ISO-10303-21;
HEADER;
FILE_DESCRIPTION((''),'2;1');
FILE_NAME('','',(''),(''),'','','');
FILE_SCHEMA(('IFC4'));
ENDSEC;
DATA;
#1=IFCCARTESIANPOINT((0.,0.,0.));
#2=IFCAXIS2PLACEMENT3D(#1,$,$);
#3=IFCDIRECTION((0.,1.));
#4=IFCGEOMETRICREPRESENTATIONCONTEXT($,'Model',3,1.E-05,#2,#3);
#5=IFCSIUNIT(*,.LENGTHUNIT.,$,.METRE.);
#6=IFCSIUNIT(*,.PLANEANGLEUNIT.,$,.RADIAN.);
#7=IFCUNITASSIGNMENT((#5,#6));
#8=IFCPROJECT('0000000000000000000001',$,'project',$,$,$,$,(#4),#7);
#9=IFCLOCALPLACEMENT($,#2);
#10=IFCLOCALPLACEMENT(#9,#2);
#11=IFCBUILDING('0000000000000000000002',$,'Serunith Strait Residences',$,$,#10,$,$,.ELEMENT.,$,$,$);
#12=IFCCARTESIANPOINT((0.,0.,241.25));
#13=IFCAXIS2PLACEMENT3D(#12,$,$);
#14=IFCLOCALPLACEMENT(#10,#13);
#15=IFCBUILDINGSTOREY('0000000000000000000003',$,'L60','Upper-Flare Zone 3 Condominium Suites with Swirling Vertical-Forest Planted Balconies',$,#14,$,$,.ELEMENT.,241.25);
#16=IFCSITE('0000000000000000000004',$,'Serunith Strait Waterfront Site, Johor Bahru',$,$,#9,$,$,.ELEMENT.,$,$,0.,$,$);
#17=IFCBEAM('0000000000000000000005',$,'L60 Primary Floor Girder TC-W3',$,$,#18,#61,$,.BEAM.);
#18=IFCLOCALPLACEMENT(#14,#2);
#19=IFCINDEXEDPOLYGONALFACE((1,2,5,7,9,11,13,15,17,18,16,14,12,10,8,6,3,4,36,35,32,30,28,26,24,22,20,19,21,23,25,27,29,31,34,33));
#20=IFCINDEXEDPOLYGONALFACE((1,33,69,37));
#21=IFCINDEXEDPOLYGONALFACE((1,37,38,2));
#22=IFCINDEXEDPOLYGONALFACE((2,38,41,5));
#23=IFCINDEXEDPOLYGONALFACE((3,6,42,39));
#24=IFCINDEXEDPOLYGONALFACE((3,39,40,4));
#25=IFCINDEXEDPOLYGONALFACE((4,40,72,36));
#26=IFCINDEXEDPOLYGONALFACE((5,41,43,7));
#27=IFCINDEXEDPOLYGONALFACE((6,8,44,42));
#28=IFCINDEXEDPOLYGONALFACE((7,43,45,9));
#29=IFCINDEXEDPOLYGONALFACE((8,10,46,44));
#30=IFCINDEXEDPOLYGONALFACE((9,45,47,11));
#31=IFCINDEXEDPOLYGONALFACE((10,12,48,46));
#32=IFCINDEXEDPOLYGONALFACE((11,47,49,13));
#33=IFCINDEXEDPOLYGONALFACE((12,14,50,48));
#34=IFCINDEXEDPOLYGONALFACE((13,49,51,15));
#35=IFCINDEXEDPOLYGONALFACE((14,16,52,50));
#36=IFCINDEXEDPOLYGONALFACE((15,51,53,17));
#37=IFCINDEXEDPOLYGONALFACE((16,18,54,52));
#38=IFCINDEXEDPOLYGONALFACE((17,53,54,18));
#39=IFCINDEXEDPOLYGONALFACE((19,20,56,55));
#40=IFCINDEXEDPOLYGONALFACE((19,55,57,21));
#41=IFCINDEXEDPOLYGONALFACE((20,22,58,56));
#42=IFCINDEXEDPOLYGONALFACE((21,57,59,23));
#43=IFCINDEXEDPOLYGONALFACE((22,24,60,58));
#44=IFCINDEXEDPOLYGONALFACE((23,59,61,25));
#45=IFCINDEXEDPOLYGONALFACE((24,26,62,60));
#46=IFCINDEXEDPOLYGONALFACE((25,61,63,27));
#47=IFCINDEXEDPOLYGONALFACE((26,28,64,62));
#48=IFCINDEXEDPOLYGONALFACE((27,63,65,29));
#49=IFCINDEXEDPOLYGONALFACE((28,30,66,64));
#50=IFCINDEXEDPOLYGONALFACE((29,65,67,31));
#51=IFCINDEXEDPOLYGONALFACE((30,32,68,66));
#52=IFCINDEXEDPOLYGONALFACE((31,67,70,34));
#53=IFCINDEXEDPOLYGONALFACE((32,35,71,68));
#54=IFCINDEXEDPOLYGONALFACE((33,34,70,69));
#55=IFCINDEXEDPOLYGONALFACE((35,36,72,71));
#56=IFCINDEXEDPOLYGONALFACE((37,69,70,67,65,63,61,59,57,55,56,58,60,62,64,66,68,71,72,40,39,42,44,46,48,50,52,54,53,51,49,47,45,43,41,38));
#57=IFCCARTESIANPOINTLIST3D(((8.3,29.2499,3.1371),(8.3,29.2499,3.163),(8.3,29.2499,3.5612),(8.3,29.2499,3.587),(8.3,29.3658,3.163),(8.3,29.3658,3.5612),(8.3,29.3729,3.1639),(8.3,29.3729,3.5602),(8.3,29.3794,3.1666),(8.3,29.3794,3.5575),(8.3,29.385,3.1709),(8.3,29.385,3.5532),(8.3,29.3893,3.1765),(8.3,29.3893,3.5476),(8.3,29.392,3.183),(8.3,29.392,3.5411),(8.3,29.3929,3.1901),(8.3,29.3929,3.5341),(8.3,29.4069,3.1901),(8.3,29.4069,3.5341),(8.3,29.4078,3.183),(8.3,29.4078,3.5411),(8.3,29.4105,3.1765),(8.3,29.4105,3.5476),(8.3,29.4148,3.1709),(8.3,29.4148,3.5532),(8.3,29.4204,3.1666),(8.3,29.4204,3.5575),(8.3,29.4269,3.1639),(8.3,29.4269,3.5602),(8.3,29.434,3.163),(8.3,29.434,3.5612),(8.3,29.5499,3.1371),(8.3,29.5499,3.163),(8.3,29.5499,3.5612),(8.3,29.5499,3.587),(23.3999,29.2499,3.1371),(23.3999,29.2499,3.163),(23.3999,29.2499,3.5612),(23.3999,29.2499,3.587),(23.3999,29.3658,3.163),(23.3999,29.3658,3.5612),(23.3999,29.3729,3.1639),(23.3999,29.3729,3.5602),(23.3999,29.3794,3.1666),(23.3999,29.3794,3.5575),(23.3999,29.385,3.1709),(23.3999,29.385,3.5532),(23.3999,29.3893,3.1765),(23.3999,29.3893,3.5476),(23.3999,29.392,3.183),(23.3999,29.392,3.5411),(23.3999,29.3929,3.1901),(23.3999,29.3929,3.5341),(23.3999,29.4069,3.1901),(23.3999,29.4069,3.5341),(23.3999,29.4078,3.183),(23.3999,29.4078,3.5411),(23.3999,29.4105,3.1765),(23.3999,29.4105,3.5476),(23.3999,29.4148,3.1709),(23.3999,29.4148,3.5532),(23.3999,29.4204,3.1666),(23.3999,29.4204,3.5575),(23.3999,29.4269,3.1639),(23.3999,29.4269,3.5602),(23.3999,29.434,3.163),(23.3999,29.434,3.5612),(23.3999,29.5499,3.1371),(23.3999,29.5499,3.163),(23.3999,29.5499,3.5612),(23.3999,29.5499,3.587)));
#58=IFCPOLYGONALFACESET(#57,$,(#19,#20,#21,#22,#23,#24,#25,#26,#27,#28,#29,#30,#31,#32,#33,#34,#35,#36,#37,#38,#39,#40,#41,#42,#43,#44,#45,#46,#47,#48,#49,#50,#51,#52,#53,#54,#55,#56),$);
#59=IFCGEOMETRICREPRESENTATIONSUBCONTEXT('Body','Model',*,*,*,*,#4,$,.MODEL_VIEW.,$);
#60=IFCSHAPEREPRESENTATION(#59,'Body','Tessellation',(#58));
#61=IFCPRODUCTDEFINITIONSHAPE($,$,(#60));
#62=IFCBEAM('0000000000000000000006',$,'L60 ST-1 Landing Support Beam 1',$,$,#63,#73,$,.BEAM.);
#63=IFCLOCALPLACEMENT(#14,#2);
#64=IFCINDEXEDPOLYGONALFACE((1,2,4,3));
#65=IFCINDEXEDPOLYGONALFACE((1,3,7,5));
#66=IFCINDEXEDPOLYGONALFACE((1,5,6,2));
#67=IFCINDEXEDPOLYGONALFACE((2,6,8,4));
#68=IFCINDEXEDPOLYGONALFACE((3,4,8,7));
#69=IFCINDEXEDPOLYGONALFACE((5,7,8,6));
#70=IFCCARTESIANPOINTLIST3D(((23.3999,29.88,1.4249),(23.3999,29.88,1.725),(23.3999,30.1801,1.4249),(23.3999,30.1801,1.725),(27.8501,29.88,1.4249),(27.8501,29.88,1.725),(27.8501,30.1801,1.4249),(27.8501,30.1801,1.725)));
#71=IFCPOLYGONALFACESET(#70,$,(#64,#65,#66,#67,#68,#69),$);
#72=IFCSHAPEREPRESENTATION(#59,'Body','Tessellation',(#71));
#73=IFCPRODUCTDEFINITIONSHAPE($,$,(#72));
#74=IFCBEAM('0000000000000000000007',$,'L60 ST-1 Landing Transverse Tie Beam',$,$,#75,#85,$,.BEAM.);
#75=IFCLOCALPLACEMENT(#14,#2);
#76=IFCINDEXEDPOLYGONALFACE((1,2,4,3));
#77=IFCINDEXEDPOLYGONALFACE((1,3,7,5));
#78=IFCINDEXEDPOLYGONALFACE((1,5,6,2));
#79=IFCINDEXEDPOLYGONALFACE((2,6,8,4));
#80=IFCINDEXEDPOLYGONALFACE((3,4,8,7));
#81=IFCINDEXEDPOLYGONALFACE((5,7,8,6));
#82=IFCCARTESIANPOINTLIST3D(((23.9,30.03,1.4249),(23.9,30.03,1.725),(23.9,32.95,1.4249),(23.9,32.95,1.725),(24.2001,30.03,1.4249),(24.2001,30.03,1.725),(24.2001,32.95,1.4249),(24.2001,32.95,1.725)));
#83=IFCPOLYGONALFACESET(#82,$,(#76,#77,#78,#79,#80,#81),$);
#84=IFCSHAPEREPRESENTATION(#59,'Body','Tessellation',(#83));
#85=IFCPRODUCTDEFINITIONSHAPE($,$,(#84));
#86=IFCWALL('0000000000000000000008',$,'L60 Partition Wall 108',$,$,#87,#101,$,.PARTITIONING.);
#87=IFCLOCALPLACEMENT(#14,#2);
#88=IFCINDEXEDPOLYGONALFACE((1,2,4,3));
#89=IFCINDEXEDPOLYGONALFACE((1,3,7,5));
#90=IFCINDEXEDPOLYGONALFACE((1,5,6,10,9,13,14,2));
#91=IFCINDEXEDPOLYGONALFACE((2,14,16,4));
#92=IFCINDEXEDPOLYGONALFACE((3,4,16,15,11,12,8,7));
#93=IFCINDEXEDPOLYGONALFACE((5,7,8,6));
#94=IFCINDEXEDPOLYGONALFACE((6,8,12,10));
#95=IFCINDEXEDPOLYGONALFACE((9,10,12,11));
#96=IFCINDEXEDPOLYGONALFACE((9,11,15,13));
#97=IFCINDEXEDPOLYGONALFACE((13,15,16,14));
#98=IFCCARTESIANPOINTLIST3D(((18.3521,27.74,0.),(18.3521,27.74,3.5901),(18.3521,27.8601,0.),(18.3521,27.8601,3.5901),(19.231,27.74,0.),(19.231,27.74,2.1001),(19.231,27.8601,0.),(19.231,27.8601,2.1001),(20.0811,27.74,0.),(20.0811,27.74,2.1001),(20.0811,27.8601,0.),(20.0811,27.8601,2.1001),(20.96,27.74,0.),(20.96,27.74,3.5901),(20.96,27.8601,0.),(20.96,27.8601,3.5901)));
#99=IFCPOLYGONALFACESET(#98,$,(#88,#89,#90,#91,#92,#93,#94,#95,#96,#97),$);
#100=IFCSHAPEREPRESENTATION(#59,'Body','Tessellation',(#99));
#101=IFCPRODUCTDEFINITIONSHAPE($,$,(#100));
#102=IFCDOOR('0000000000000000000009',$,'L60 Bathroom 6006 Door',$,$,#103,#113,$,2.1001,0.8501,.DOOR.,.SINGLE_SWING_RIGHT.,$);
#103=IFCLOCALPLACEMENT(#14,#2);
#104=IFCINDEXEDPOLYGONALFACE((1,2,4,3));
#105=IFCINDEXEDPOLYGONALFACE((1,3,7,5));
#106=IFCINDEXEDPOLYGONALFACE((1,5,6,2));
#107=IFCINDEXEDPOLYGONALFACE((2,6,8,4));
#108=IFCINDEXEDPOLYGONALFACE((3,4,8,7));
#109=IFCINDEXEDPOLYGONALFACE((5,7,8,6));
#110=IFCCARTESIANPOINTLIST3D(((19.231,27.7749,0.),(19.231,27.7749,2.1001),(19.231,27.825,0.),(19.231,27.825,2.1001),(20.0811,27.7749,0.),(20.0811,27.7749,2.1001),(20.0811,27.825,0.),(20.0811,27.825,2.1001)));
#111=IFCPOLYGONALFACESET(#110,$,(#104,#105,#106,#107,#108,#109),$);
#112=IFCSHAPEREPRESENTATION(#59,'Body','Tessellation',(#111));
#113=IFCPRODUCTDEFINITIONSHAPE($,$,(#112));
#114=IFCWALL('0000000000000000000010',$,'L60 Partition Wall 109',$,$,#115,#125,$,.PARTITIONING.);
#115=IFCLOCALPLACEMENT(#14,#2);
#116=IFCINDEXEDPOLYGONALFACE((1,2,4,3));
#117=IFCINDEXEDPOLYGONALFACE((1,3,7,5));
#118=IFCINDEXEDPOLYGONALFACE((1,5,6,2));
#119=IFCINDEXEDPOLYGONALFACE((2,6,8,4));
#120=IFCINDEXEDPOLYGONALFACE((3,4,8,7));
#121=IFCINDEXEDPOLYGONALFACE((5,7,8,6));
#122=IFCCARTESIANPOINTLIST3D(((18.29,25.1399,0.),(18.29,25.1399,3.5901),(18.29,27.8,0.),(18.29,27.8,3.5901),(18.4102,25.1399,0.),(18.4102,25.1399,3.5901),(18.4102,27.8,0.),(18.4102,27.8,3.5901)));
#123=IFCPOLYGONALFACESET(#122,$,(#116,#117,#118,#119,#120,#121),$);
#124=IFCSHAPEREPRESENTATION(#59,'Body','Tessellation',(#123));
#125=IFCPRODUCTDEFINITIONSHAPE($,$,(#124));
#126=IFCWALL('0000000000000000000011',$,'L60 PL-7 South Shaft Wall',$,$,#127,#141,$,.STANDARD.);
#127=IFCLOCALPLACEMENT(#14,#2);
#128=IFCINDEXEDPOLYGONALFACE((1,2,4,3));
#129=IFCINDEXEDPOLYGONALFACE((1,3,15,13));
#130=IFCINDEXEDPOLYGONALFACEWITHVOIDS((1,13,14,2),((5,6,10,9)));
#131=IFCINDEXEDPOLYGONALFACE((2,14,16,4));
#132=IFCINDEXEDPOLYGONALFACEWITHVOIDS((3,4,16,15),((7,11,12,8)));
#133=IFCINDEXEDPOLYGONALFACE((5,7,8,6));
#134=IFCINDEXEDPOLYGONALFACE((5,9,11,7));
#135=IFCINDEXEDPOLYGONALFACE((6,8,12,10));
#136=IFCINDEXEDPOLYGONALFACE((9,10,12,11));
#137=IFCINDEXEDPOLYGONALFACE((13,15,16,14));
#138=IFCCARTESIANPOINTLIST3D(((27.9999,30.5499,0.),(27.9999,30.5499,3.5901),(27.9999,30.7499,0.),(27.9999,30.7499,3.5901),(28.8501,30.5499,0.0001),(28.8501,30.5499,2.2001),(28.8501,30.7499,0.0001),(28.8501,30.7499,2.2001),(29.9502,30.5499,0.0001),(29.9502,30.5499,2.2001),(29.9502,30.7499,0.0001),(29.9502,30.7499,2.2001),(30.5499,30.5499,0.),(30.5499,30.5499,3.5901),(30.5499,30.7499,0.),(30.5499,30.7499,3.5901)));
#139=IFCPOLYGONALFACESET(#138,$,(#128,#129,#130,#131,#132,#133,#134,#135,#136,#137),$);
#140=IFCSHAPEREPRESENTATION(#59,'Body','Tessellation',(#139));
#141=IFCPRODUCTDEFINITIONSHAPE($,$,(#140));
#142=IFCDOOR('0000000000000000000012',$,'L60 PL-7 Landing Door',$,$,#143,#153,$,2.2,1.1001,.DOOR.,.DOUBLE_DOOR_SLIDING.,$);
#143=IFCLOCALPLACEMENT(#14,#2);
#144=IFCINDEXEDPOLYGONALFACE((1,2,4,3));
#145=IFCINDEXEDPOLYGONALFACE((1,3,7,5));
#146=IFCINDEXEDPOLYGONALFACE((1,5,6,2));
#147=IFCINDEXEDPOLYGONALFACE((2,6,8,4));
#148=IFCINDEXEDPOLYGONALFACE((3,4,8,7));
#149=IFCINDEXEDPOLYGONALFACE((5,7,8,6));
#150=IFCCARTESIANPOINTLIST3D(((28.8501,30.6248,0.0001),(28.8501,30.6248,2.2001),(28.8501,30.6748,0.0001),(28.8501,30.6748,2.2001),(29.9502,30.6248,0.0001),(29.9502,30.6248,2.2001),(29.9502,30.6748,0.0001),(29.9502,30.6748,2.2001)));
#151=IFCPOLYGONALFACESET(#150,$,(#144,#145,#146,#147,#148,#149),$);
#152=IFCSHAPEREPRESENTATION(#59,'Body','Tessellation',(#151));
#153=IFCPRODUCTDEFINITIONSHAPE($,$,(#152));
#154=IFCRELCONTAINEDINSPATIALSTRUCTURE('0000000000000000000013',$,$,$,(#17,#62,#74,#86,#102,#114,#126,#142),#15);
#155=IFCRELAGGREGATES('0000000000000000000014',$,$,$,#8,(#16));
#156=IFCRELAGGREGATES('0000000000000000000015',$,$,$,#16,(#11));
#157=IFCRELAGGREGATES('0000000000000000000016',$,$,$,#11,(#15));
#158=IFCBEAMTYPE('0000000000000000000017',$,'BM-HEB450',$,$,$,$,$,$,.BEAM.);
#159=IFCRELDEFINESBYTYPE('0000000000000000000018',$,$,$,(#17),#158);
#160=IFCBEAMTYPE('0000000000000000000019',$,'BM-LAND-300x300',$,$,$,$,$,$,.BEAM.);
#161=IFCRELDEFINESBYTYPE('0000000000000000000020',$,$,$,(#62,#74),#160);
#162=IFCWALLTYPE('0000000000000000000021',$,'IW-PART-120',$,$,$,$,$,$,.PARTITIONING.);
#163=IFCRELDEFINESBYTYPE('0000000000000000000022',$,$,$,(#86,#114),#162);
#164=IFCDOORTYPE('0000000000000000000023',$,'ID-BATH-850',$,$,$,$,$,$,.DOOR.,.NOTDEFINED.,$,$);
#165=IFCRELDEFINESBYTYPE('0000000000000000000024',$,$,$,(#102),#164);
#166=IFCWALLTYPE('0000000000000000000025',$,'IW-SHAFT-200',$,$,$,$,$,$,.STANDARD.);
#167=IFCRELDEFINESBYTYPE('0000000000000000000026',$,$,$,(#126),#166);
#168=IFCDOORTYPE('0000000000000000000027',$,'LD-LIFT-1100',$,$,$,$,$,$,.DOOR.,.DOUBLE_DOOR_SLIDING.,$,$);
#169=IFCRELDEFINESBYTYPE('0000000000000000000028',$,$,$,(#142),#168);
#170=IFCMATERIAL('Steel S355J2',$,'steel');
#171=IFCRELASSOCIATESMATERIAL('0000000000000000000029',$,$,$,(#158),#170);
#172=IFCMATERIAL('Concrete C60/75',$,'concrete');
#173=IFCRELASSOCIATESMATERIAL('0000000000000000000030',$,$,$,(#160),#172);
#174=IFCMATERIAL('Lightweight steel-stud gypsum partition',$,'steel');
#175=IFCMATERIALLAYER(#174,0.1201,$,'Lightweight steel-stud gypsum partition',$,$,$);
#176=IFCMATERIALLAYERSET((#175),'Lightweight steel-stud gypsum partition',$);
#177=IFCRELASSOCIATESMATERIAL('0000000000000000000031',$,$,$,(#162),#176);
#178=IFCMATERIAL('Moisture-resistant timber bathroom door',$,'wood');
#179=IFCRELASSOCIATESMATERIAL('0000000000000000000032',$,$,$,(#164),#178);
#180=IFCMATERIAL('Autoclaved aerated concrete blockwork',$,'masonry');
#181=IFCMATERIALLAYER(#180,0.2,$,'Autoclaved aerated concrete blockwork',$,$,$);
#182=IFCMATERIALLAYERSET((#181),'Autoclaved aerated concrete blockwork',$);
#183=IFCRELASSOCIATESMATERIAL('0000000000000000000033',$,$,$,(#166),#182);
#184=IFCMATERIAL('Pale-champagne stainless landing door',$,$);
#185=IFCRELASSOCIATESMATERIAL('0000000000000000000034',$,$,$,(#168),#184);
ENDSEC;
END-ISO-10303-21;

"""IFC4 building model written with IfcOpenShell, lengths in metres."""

from ifc_helpers import new_model, si_unit, direction, frame, frame_2d, origin, origin_2d, place, context, subcontext, project, spatial, rectangle, i_section, extrude, source, transform, mapped, material, layer, layer_set, material_profile, profile_set, type_object, element, fill, save


model = new_model("IFC4")

# Units and contexts
model_context = context("Model", 3, precision=1e-05, world=origin(), true_north=direction((0.0, 1.0)))
body_context = subcontext(model_context, "Body", "Model", "MODEL_VIEW")
ifc_project = project(units=[si_unit("LENGTHUNIT", "METRE"), si_unit("PLANEANGLEUNIT", "RADIAN")], contexts=[model_context])

# Site, building, storey
site_placement = place(None, origin())
site = spatial("IfcSite", under=ifc_project, at=site_placement, Name="Serunith Strait Waterfront Site, Johor Bahru", CompositionType="ELEMENT", RefElevation=0.0)
building_placement = place(site_placement, origin())
building = spatial("IfcBuilding", under=site, at=building_placement, Name="Serunith Strait Residences", CompositionType="ELEMENT")
storey_placement = place(building_placement, frame((0.0, 0.0, 241.25)))
storey = spatial("IfcBuildingStorey", under=building, at=storey_placement, Name="L60", Description="Upper-Flare Zone 3 Condominium Suites with Swirling Vertical-Forest Planted Balconies", CompositionType="ELEMENT", Elevation=241.25)

# Beams
ifc_material_1 = material(Name="Steel S355J2", Category="steel")
ifc_material_profile_1 = material_profile(ifc_material_1, i_section(OverallWidth=0.3, OverallDepth=0.45, WebThickness=0.0139, FlangeThickness=0.0259, FilletRadius=0.0271, at=origin_2d()), Name="HEB 450")
ifc_profile_set_1 = profile_set([ifc_material_profile_1], Name="Steel S355J2")
beam_type_1 = type_object("IfcBeamType", Name="BM-HEB450", PredefinedType="BEAM", material=ifc_profile_set_1)
shared_shape_1 = source(origin(), body_context, "Body", "SweptSolid", [
    extrude(i_section(OverallWidth=0.3, OverallDepth=0.45, WebThickness=0.0139, FlangeThickness=0.0259, FilletRadius=0.0271, at=origin_2d()), origin(), (0.0, 0.0, 1.0), 15.0999),
])
beam_1_placement = place(storey_placement, frame((23.3999, 29.3999, 3.3621), z_axis=(-1.0, 0.0, 0.0), x_axis=(0.0, -1.0, 0.0)))
element("IfcBeam", 1, at=beam_1_placement, inside=storey, type_object=beam_type_1, Name="L60 Primary Floor Girder TC-W3", PredefinedType="BEAM", context=body_context, shape_type="MappedRepresentation", body=[
    mapped(shared_shape_1, transform((0.0, 0.0, 0.0), scale=1.0)),
])
ifc_material_2 = material(Name="Concrete C60/75", Category="concrete")
ifc_material_profile_2 = material_profile(ifc_material_2, rectangle(XDim=0.3, YDim=0.3, at=origin_2d()), Name="RC 300x300")
ifc_profile_set_2 = profile_set([ifc_material_profile_2], Name="Concrete C60/75")
beam_type_2 = type_object("IfcBeamType", Name="BM-LAND-300x300", PredefinedType="BEAM", material=ifc_profile_set_2)
shared_shape_2 = source(origin(), body_context, "Body", "SweptSolid", [
    extrude(rectangle(XDim=0.3, YDim=0.3, at=origin_2d()), origin(), (0.0, 0.0, 1.0), 4.4502),
])
beam_2_placement = place(storey_placement, frame((23.3999, 30.03, 1.575), z_axis=(1.0, 0.0, 0.0), x_axis=(0.0, 1.0, 0.0)))
element("IfcBeam", 2, at=beam_2_placement, inside=storey, type_object=beam_type_2, Name="L60 ST-1 Landing Support Beam 1", PredefinedType="BEAM", context=body_context, shape_type="MappedRepresentation", body=[
    mapped(shared_shape_2, transform((0.0, 0.0, 0.0), scale=1.0)),
])
shared_shape_3 = source(origin(), body_context, "Body", "SweptSolid", [
    extrude(rectangle(XDim=0.3, YDim=0.3, at=origin_2d()), origin(), (0.0, 0.0, 1.0), 2.9199),
])
beam_3_placement = place(storey_placement, frame((24.05, 30.03, 1.575), z_axis=(0.0, 1.0, 0.0), x_axis=(-1.0, 0.0, 0.0)))
element("IfcBeam", 3, at=beam_3_placement, inside=storey, type_object=beam_type_2, Name="L60 ST-1 Landing Transverse Tie Beam", PredefinedType="BEAM", context=body_context, shape_type="MappedRepresentation", body=[
    mapped(shared_shape_3, transform((0.0, 0.0, 0.0), scale=1.0)),
])

# Wall, opening, door
ifc_material_3 = material(Name="Lightweight steel-stud gypsum partition", Category="steel")
ifc_layer_1 = layer(ifc_material_3, 0.1201, Name="Lightweight steel-stud gypsum partition")
ifc_layer_set_1 = layer_set([ifc_layer_1], Name="Lightweight steel-stud gypsum partition")
wall_type_1 = type_object("IfcWallType", Name="IW-PART-120", PredefinedType="PARTITIONING", material=ifc_layer_set_1)
wall_1_placement = place(storey_placement, frame((18.3521, 27.8, 0.0), z_axis=(0.0, 0.0, 1.0), x_axis=(1.0, 0.0, 0.0)))
wall_1 = element("IfcWall", 4, at=wall_1_placement, inside=storey, type_object=wall_type_1, Name="L60 Partition Wall 108", PredefinedType="PARTITIONING", context=body_context, shape_type="SweptSolid", body=[
    extrude(rectangle(XDim=2.6079, YDim=0.1201, at=frame_2d((1.304, 0.0))), origin(), (0.0, 0.0, 1.0), 3.5901),
])
opening_1_placement = place(wall_1_placement, frame((0.8789, 0.0, 0.0)))
opening_1 = element("IfcOpeningElement", 5, at=opening_1_placement, cuts=wall_1, PredefinedType="OPENING", context=body_context, shape_type="SweptSolid", body=[
    extrude(rectangle(XDim=0.8501, YDim=2.1001, at=frame_2d((0.425, 1.05))), frame((0.0, 0.0701, 0.0), z_axis=(0.0, -1.0, 0.0), x_axis=(1.0, 0.0, 0.0)), (0.0, 0.0, 1.0), 0.1401),
])
ifc_material_4 = material(Name="Moisture-resistant timber bathroom door", Category="wood")
door_type_1 = type_object("IfcDoorType", Name="ID-BATH-850", OperationType="NOTDEFINED", PredefinedType="DOOR", material=ifc_material_4)
shared_shape_4 = source(origin(), body_context, "Body", "SweptSolid", [
    extrude(rectangle(XDim=0.8501, YDim=2.1001, at=frame_2d((0.425, 1.05))), frame((0.0, 0.0249, 0.0), z_axis=(0.0, -1.0, 0.0), x_axis=(1.0, 0.0, 0.0)), (0.0, 0.0, 1.0), 0.05),
])
door_1_placement = place(opening_1_placement, origin())
door_1 = element("IfcDoor", 6, at=door_1_placement, inside=storey, type_object=door_type_1, Name="L60 Bathroom 6006 Door", OperationType="SINGLE_SWING_RIGHT", OverallHeight=2.1001, OverallWidth=0.8501, PredefinedType="DOOR", context=body_context, shape_type="MappedRepresentation", body=[
    mapped(shared_shape_4, transform((0.0, 0.0, 0.0), scale=1.0)),
])
fill(opening_1, door_1)

# Wall
wall_2_placement = place(storey_placement, frame((18.3501, 25.1399, 0.0), z_axis=(0.0, 0.0, 1.0), x_axis=(0.0, 1.0, 0.0)))
element("IfcWall", 7, at=wall_2_placement, inside=storey, type_object=wall_type_1, Name="L60 Partition Wall 109", PredefinedType="PARTITIONING", context=body_context, shape_type="SweptSolid", body=[
    extrude(rectangle(XDim=2.6602, YDim=0.1201, at=frame_2d((1.3301, 0.0))), origin(), (0.0, 0.0, 1.0), 3.5901),
])

# Wall, opening, door
ifc_material_5 = material(Name="Autoclaved aerated concrete blockwork", Category="masonry")
ifc_layer_2 = layer(ifc_material_5, 0.2, Name="Autoclaved aerated concrete blockwork")
ifc_layer_set_2 = layer_set([ifc_layer_2], Name="Autoclaved aerated concrete blockwork")
wall_type_2 = type_object("IfcWallType", Name="IW-SHAFT-200", PredefinedType="STANDARD", material=ifc_layer_set_2)
wall_3_placement = place(storey_placement, frame((28.0, 30.6499, 0.0), z_axis=(0.0, 0.0, 1.0), x_axis=(1.0, 0.0, 0.0)))
wall_3 = element("IfcWall", 8, at=wall_3_placement, inside=storey, type_object=wall_type_2, Name="L60 PL-7 South Shaft Wall", PredefinedType="STANDARD", context=body_context, shape_type="SweptSolid", body=[
    extrude(rectangle(XDim=2.55, YDim=0.2, at=frame_2d((1.2749, 0.0))), origin(), (0.0, 0.0, 1.0), 3.5901),
])
opening_2_placement = place(wall_3_placement, frame((0.8501, 0.0, 0.0)))
opening_2 = element("IfcOpeningElement", 9, at=opening_2_placement, cuts=wall_3, PredefinedType="OPENING", context=body_context, shape_type="SweptSolid", body=[
    extrude(rectangle(XDim=1.1001, YDim=2.2, at=frame_2d((0.55, 1.1001))), frame((0.0, 0.1099, 0.0), z_axis=(0.0, -1.0, 0.0), x_axis=(1.0, 0.0, 0.0)), (0.0, 0.0, 1.0), 0.22),
])
ifc_material_6 = material(Name="Pale-champagne stainless landing door")
door_type_2 = type_object("IfcDoorType", Name="LD-LIFT-1100", OperationType="DOUBLE_DOOR_SLIDING", PredefinedType="DOOR", material=ifc_material_6)
shared_shape_5 = source(origin(), body_context, "Body", "SweptSolid", [
    extrude(rectangle(XDim=1.1001, YDim=2.2, at=frame_2d((0.55, 1.1001))), frame((0.0, 0.0249, 0.0), z_axis=(0.0, -1.0, 0.0), x_axis=(1.0, 0.0, 0.0)), (0.0, 0.0, 1.0), 0.05),
])
door_2_placement = place(opening_2_placement, origin())
door_2 = element("IfcDoor", 10, at=door_2_placement, inside=storey, type_object=door_type_2, Name="L60 PL-7 Landing Door", OperationType="DOUBLE_DOOR_SLIDING", OverallHeight=2.2, OverallWidth=1.1001, PredefinedType="DOOR", context=body_context, shape_type="MappedRepresentation", body=[
    mapped(shared_shape_5, transform((0.0, 0.0, 0.0), scale=1.0)),
])
fill(opening_2, door_2)

save(model, "model.ifc")
